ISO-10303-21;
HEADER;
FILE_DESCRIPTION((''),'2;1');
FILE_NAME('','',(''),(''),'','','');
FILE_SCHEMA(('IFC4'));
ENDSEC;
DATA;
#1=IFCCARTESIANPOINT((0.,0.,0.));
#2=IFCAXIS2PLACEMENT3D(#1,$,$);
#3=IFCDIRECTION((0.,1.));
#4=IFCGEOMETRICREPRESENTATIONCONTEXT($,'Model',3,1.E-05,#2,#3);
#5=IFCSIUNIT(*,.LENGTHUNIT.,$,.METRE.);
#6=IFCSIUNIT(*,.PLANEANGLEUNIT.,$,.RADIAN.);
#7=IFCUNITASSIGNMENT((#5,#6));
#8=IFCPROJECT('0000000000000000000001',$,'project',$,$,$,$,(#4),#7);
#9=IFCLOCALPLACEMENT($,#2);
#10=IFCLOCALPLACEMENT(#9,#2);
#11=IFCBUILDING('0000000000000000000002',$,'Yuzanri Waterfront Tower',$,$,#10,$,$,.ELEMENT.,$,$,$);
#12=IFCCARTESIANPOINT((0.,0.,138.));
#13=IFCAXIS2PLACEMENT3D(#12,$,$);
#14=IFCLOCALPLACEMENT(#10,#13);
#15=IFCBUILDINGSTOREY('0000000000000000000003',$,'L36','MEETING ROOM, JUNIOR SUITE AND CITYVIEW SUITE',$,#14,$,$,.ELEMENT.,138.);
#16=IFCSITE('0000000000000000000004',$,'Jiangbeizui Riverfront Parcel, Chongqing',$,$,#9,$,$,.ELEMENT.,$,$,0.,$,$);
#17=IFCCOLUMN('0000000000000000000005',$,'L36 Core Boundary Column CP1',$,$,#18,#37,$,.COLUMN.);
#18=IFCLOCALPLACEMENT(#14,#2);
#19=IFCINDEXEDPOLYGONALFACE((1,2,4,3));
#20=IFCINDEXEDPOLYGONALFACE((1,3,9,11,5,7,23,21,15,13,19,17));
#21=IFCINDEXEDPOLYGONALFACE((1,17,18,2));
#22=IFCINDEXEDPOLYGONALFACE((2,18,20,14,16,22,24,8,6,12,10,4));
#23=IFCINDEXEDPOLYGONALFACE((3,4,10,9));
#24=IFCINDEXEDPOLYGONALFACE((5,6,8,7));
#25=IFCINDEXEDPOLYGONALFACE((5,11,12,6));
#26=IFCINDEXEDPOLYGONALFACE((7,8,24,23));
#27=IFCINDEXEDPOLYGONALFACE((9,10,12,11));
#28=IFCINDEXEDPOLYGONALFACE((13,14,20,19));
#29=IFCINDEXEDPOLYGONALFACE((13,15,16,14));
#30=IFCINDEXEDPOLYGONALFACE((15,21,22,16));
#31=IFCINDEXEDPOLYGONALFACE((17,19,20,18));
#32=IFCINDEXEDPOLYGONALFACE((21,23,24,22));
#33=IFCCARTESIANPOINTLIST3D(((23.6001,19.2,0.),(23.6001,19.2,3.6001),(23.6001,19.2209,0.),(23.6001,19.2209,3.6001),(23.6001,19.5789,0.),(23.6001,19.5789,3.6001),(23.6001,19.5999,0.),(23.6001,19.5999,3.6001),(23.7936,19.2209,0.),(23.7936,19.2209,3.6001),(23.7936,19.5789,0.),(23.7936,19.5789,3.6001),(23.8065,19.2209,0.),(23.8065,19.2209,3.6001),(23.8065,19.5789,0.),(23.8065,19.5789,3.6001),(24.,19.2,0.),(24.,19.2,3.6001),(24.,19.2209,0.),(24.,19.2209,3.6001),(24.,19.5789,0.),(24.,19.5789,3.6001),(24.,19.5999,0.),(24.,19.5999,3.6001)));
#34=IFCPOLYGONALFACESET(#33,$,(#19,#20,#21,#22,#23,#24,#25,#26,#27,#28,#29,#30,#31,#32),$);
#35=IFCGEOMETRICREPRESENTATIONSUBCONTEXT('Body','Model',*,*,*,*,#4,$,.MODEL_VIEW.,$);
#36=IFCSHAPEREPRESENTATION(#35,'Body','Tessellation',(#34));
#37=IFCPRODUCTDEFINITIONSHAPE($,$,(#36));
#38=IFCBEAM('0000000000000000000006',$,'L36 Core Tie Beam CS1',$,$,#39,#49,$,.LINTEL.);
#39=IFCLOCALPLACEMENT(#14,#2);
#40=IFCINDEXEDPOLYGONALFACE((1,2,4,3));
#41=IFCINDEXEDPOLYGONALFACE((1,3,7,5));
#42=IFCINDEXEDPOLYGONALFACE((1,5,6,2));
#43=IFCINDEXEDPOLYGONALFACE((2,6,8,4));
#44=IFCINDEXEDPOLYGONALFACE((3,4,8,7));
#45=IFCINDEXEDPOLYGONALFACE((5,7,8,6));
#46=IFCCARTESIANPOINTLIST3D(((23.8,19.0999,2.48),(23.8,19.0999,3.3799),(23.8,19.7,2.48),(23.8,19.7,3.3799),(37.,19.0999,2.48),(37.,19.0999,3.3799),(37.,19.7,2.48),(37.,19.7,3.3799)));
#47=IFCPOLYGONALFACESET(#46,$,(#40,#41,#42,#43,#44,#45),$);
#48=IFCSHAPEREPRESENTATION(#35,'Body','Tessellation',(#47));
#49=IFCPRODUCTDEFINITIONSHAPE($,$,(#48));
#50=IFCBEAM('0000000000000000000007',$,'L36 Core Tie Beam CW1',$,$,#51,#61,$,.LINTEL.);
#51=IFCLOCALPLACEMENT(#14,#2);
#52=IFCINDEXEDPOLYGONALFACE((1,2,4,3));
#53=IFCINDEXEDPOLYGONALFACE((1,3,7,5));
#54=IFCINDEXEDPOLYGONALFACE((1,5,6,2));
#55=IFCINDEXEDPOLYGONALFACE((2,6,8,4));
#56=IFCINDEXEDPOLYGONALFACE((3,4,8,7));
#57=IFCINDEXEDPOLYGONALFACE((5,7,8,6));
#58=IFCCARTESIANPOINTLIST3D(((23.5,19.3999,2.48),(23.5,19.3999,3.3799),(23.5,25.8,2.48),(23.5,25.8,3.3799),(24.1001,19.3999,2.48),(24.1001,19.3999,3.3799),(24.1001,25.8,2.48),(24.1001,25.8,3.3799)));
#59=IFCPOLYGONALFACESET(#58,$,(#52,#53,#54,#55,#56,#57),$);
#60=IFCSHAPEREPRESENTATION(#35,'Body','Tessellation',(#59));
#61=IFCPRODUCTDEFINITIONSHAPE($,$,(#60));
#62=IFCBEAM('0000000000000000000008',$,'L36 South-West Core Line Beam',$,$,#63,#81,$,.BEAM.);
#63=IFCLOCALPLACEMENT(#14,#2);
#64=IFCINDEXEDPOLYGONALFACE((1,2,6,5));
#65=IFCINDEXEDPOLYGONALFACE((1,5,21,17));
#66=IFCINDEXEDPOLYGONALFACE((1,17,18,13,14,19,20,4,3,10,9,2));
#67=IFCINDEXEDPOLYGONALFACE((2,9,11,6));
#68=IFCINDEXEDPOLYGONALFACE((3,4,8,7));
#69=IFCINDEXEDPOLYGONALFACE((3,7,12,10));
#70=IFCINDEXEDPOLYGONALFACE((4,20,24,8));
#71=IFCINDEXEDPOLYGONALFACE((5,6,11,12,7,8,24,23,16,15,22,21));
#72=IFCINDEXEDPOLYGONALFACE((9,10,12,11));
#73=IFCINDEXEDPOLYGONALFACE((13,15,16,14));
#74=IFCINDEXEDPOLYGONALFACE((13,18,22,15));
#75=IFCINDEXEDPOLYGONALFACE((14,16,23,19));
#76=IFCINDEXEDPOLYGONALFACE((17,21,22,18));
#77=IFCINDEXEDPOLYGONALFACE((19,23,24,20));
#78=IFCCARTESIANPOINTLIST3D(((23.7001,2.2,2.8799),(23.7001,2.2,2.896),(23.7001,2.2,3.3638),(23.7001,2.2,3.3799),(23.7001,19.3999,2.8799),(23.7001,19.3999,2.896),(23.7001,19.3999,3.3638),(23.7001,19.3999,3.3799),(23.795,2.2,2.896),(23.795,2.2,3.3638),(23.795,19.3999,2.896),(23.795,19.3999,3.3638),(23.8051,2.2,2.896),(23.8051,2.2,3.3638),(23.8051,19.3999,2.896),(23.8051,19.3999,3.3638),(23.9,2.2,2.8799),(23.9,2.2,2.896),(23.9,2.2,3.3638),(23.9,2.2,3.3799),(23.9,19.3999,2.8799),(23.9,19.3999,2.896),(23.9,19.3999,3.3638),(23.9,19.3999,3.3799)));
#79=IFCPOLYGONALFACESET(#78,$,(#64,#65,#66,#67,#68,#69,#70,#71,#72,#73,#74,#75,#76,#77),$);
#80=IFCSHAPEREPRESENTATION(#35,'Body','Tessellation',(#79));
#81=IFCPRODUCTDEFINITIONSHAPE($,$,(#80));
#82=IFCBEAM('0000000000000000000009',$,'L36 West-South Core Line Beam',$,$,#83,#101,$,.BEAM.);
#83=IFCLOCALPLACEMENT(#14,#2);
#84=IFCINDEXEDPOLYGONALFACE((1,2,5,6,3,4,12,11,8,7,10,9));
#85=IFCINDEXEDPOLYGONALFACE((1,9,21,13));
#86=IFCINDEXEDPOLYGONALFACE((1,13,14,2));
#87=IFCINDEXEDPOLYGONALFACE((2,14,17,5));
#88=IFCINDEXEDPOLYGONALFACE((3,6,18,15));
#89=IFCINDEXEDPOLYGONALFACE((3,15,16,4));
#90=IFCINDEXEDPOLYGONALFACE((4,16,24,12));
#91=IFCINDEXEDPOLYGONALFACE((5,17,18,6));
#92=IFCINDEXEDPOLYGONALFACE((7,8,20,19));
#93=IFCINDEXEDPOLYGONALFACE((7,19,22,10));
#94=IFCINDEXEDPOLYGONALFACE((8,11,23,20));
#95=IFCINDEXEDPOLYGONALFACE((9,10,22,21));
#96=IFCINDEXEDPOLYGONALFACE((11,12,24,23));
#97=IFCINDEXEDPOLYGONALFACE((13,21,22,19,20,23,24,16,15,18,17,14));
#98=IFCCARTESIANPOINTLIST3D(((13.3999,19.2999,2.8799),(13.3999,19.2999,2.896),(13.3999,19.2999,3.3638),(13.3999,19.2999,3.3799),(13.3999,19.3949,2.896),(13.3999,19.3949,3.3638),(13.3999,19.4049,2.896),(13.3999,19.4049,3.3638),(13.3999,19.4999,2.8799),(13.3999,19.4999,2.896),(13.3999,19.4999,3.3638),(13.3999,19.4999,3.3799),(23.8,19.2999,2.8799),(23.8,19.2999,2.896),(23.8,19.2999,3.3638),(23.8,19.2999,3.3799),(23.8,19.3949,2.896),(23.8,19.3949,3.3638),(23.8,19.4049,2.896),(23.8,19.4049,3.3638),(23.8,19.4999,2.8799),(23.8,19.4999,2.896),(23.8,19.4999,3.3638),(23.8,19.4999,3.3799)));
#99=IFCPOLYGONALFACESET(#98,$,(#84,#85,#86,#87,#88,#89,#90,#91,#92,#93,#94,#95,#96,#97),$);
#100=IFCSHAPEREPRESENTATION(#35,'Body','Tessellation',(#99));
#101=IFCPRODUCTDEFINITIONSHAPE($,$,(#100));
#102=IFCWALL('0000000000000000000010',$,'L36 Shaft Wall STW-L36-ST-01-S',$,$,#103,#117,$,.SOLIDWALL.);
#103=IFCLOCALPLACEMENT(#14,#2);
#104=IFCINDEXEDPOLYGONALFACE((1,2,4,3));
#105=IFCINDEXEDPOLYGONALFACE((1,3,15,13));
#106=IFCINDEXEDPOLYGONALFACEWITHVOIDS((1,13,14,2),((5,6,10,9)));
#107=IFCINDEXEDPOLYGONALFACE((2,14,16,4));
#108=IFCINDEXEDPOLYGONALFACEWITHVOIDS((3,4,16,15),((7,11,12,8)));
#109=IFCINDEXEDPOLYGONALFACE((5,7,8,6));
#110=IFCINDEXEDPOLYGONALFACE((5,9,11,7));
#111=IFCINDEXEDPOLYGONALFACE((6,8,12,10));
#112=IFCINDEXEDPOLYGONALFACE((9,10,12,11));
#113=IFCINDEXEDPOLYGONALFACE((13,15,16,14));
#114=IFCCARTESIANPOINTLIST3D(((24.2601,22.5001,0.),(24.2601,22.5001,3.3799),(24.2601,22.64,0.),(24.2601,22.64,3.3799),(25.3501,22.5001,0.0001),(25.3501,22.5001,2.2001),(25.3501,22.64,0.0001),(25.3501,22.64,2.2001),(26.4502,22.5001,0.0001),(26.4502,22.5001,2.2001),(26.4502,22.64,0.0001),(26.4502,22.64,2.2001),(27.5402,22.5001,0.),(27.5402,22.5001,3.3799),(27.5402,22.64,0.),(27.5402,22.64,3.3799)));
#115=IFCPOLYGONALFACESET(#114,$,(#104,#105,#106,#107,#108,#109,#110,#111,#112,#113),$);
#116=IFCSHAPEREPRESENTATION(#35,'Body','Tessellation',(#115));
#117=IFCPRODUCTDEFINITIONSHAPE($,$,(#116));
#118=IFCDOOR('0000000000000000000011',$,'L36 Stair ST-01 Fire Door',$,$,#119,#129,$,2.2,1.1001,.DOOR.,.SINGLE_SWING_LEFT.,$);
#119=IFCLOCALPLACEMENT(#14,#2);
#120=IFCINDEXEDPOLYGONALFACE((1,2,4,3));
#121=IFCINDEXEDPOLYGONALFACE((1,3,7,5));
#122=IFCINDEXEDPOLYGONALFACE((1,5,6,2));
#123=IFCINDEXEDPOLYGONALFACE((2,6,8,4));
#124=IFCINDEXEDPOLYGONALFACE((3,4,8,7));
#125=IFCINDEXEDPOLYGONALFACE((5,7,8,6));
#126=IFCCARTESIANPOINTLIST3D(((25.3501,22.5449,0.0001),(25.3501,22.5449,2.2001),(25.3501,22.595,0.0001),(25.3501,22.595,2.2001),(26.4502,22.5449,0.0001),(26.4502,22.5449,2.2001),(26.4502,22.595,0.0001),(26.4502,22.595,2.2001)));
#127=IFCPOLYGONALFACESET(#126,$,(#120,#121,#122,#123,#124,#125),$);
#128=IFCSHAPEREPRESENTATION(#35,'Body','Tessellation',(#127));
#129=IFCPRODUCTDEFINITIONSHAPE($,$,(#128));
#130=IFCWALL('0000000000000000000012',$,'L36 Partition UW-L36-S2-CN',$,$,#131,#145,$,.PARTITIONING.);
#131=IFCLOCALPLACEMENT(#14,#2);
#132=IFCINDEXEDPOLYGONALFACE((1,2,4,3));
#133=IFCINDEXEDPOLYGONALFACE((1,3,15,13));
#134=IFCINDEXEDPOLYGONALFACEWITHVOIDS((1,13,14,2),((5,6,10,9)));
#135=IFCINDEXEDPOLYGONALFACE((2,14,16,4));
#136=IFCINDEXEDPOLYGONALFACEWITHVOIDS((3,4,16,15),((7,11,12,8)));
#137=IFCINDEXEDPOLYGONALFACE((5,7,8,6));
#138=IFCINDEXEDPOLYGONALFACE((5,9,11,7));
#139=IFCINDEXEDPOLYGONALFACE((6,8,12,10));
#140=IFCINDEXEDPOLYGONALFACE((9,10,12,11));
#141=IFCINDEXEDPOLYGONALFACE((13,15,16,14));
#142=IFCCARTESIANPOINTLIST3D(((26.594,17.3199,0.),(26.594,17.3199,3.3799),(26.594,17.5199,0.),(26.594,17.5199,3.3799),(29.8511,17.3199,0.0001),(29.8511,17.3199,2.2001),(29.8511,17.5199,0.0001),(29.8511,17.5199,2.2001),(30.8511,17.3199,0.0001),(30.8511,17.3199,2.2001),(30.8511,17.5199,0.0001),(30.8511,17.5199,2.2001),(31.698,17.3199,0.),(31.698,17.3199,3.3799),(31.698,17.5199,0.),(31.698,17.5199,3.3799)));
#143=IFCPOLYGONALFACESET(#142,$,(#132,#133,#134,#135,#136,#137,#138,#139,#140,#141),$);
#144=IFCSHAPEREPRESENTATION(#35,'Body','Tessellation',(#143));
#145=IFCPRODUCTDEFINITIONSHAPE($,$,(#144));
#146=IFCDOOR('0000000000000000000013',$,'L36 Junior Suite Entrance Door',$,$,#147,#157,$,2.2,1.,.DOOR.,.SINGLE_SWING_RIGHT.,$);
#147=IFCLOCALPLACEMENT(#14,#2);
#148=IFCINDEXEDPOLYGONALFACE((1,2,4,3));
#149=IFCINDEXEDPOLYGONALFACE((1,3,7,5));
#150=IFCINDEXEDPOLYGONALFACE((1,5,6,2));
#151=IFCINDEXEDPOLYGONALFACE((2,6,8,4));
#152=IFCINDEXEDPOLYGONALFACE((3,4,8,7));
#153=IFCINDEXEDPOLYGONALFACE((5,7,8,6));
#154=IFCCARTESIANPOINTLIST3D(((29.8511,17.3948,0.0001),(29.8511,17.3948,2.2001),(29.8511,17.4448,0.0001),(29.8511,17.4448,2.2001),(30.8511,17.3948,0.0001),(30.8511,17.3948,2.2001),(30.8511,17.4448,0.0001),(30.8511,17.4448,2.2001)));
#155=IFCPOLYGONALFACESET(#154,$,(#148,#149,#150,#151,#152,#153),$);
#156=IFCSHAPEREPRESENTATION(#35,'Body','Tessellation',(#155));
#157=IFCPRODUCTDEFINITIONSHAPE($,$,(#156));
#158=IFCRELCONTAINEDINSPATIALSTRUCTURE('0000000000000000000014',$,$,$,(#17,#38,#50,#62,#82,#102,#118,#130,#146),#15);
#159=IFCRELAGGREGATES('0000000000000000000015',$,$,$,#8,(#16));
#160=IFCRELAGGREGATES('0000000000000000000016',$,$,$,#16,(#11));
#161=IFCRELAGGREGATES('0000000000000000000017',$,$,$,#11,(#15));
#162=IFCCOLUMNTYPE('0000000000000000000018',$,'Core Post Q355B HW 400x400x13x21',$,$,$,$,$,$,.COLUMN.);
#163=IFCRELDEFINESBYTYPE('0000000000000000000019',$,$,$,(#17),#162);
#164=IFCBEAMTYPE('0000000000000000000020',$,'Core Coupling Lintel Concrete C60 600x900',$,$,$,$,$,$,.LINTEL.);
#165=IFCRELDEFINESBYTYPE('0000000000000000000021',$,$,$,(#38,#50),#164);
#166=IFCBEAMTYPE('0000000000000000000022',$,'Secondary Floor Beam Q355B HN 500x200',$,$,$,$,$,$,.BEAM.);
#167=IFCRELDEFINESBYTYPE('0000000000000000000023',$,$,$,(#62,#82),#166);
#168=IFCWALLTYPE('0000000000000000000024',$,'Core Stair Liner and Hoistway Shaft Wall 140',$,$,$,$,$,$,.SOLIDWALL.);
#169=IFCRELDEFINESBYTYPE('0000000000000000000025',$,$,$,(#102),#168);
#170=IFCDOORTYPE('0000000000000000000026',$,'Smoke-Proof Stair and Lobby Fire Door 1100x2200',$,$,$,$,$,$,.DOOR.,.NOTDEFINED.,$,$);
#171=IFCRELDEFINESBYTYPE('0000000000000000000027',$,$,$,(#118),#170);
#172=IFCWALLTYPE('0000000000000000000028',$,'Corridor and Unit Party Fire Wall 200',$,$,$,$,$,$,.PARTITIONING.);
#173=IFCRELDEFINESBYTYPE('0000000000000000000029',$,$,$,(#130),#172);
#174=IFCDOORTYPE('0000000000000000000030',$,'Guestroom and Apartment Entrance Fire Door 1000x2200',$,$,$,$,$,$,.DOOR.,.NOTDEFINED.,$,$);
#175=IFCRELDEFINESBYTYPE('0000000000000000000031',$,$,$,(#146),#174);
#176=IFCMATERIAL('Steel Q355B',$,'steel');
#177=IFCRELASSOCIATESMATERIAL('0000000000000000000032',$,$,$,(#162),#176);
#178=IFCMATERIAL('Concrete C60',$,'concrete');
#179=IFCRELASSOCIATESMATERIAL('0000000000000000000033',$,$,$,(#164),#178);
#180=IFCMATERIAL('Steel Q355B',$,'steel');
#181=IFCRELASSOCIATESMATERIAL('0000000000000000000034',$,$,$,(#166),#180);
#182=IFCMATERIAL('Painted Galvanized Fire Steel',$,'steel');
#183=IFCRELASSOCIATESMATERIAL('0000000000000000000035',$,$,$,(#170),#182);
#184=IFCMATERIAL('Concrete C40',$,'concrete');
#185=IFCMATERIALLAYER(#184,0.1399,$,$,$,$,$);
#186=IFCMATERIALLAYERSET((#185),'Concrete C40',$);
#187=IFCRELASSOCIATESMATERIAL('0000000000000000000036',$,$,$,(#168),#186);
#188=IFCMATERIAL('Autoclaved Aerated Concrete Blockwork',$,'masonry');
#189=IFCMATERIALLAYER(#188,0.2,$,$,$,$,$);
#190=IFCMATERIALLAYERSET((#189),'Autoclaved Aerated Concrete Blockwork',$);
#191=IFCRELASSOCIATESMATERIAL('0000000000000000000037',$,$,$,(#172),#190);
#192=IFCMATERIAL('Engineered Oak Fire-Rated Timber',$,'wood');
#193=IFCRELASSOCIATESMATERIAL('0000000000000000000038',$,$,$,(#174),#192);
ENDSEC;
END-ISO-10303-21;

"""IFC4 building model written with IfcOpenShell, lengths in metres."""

from ifc_helpers import new_model, si_unit, direction, frame, frame_2d, origin, origin_2d, place, context, subcontext, project, spatial, rectangle, i_section, extrude, source, transform, mapped, material, layer, layer_set, material_profile, profile_set, type_object, element, fill, save


model = new_model("IFC4")

# Units and contexts
model_context = context("Model", 3, precision=1e-05, world=origin(), true_north=direction((0.0, 1.0)))
body_context = subcontext(model_context, "Body", "Model", "MODEL_VIEW")
ifc_project = project(units=[si_unit("LENGTHUNIT", "METRE"), si_unit("PLANEANGLEUNIT", "RADIAN")], contexts=[model_context])

# Site, building, storey
site_placement = place(None, origin())
site = spatial("IfcSite", under=ifc_project, at=site_placement, Name="Jiangbeizui Riverfront Parcel, Chongqing", CompositionType="ELEMENT", RefElevation=0.0)
building_placement = place(site_placement, origin())
building = spatial("IfcBuilding", under=site, at=building_placement, Name="Yuzanri Waterfront Tower", CompositionType="ELEMENT")
storey_placement = place(building_placement, frame((0.0, 0.0, 138.0)))
storey = spatial("IfcBuildingStorey", under=building, at=storey_placement, Name="L36", Description="MEETING ROOM, JUNIOR SUITE AND CITYVIEW SUITE", CompositionType="ELEMENT", Elevation=138.0)

# Column
ifc_material_1 = material(Name="Steel Q355B", Category="steel")
ifc_material_profile_1 = material_profile(ifc_material_1, i_section(OverallWidth=0.3999, OverallDepth=0.3999, WebThickness=0.0129, FlangeThickness=0.021, at=origin_2d()), Name="HW 400x400x13x21")
ifc_profile_set_1 = profile_set([ifc_material_profile_1], Name="Steel Q355B")
column_type = type_object("IfcColumnType", Name="Core Post Q355B HW 400x400x13x21", PredefinedType="COLUMN", material=ifc_profile_set_1)
shared_shape_1 = source(origin(), body_context, "Body", "SweptSolid", [
    extrude(i_section(OverallWidth=0.3999, OverallDepth=0.3999, WebThickness=0.0129, FlangeThickness=0.021, at=origin_2d()), origin(), (0.0, 0.0, 1.0), 3.6001),
])
column_placement = place(storey_placement, frame((23.8, 19.3999, 0.0), z_axis=(0.0, 0.0, 1.0), x_axis=(1.0, 0.0, 0.0)))
element("IfcColumn", 1, at=column_placement, inside=storey, type_object=column_type, Name="L36 Core Boundary Column CP1", PredefinedType="COLUMN", context=body_context, shape_type="MappedRepresentation", body=[
    mapped(shared_shape_1, transform((0.0, 0.0, 0.0), scale=1.0)),
])

# Beams
ifc_material_2 = material(Name="Concrete C60", Category="concrete")
ifc_material_profile_2 = material_profile(ifc_material_2, rectangle(XDim=0.6001, YDim=0.8999, at=origin_2d()), Name="RC 600x900")
ifc_profile_set_2 = profile_set([ifc_material_profile_2], Name="Concrete C60")
beam_type_1 = type_object("IfcBeamType", Name="Core Coupling Lintel Concrete C60 600x900", PredefinedType="LINTEL", material=ifc_profile_set_2)
shared_shape_2 = source(origin(), body_context, "Body", "SweptSolid", [
    extrude(rectangle(XDim=0.6001, YDim=0.8999, at=origin_2d()), origin(), (0.0, 0.0, 1.0), 13.2),
])
beam_1_placement = place(storey_placement, frame((23.8, 19.3999, 2.9299), z_axis=(1.0, 0.0, 0.0), x_axis=(0.0, 1.0, 0.0)))
element("IfcBeam", 2, at=beam_1_placement, inside=storey, type_object=beam_type_1, Name="L36 Core Tie Beam CS1", PredefinedType="LINTEL", context=body_context, shape_type="MappedRepresentation", body=[
    mapped(shared_shape_2, transform((0.0, 0.0, 0.0), scale=1.0)),
])
shared_shape_3 = source(origin(), body_context, "Body", "SweptSolid", [
    extrude(rectangle(XDim=0.6001, YDim=0.8999, at=origin_2d()), origin(), (0.0, 0.0, 1.0), 6.4001),
])
beam_2_placement = place(storey_placement, frame((23.8, 19.3999, 2.9299), z_axis=(0.0, 1.0, 0.0), x_axis=(-1.0, 0.0, 0.0)))
element("IfcBeam", 3, at=beam_2_placement, inside=storey, type_object=beam_type_1, Name="L36 Core Tie Beam CW1", PredefinedType="LINTEL", context=body_context, shape_type="MappedRepresentation", body=[
    mapped(shared_shape_3, transform((0.0, 0.0, 0.0), scale=1.0)),
])
ifc_material_3 = material(Name="Steel Q355B", Category="steel")
ifc_material_profile_3 = material_profile(ifc_material_3, i_section(OverallWidth=0.2, OverallDepth=0.5, WebThickness=0.01, FlangeThickness=0.0161, at=origin_2d()), Name="HN 500x200x10x16")
ifc_profile_set_3 = profile_set([ifc_material_profile_3], Name="Steel Q355B")
beam_type_2 = type_object("IfcBeamType", Name="Secondary Floor Beam Q355B HN 500x200", PredefinedType="BEAM", material=ifc_profile_set_3)
shared_shape_4 = source(origin(), body_context, "Body", "SweptSolid", [
    extrude(i_section(OverallWidth=0.2, OverallDepth=0.5, WebThickness=0.01, FlangeThickness=0.0161, at=origin_2d()), origin(), (0.0, 0.0, 1.0), 17.2),
])
beam_3_placement = place(storey_placement, frame((23.8, 19.3999, 3.1299), z_axis=(0.0, -1.0, 0.0), x_axis=(1.0, 0.0, 0.0)))
element("IfcBeam", 4, at=beam_3_placement, inside=storey, type_object=beam_type_2, Name="L36 South-West Core Line Beam", PredefinedType="BEAM", context=body_context, shape_type="MappedRepresentation", body=[
    mapped(shared_shape_4, transform((0.0, 0.0, 0.0), scale=1.0)),
])
shared_shape_5 = source(origin(), body_context, "Body", "SweptSolid", [
    extrude(i_section(OverallWidth=0.2, OverallDepth=0.5, WebThickness=0.01, FlangeThickness=0.0161, at=origin_2d()), origin(), (0.0, 0.0, 1.0), 10.4001),
])
beam_4_placement = place(storey_placement, frame((23.8, 19.3999, 3.1299), z_axis=(-1.0, 0.0, 0.0), x_axis=(0.0, -1.0, 0.0)))
element("IfcBeam", 5, at=beam_4_placement, inside=storey, type_object=beam_type_2, Name="L36 West-South Core Line Beam", PredefinedType="BEAM", context=body_context, shape_type="MappedRepresentation", body=[
    mapped(shared_shape_5, transform((0.0, 0.0, 0.0), scale=1.0)),
])

# Shared definitions
ifc_material_4 = material(Name="Painted Galvanized Fire Steel", Category="steel")
door_type_1 = type_object("IfcDoorType", Name="Smoke-Proof Stair and Lobby Fire Door 1100x2200", OperationType="NOTDEFINED", PredefinedType="DOOR", material=ifc_material_4)
shared_shape_6 = source(origin(), body_context, "Body", "SweptSolid", [
    extrude(rectangle(XDim=1.1001, YDim=2.2, at=frame_2d((0.55, 1.1001))), frame((0.0, 0.0249, 0.0), z_axis=(0.0, -1.0, 0.0), x_axis=(1.0, 0.0, 0.0)), (0.0, 0.0, 1.0), 0.05),
])

# Walls, openings, doors
ifc_material_5 = material(Name="Concrete C40", Category="concrete")
ifc_layer_1 = layer(ifc_material_5, 0.1399)
ifc_layer_set_1 = layer_set([ifc_layer_1], Name="Concrete C40")
wall_type_1 = type_object("IfcWallType", Name="Core Stair Liner and Hoistway Shaft Wall 140", PredefinedType="SOLIDWALL", material=ifc_layer_set_1)
wall_1_placement = place(storey_placement, frame((24.26, 22.5701, 0.0), z_axis=(0.0, 0.0, 1.0), x_axis=(1.0, 0.0, 0.0)))
wall_1 = element("IfcWall", 6, at=wall_1_placement, inside=storey, type_object=wall_type_1, Name="L36 Shaft Wall STW-L36-ST-01-S", PredefinedType="SOLIDWALL", context=body_context, shape_type="SweptSolid", body=[
    extrude(rectangle(XDim=3.28, YDim=0.1399, at=frame_2d((1.6401, 0.0))), origin(), (0.0, 0.0, 1.0), 3.3799),
])
opening_1_placement = place(wall_1_placement, frame((1.0901, 0.0, 0.0)))
opening_1 = element("IfcOpeningElement", 7, at=opening_1_placement, cuts=wall_1, PredefinedType="OPENING", context=body_context, shape_type="SweptSolid", body=[
    extrude(rectangle(XDim=1.1001, YDim=2.2, at=frame_2d((0.55, 1.1001))), frame((0.0, 0.085, 0.0), z_axis=(0.0, -1.0, 0.0), x_axis=(1.0, 0.0, 0.0)), (0.0, 0.0, 1.0), 0.1697),
])
door_1_placement = place(opening_1_placement, origin())
door_1 = element("IfcDoor", 8, at=door_1_placement, inside=storey, type_object=door_type_1, Name="L36 Stair ST-01 Fire Door", OperationType="SINGLE_SWING_LEFT", OverallHeight=2.2, OverallWidth=1.1001, PredefinedType="DOOR", context=body_context, shape_type="MappedRepresentation", body=[
    mapped(shared_shape_6, transform((0.0, 0.0, 0.0), scale=1.0)),
])
fill(opening_1, door_1)
ifc_material_6 = material(Name="Autoclaved Aerated Concrete Blockwork", Category="masonry")
ifc_layer_2 = layer(ifc_material_6, 0.2)
ifc_layer_set_2 = layer_set([ifc_layer_2], Name="Autoclaved Aerated Concrete Blockwork")
wall_type_2 = type_object("IfcWallType", Name="Corridor and Unit Party Fire Wall 200", PredefinedType="PARTITIONING", material=ifc_layer_set_2)
wall_2_placement = place(storey_placement, frame((26.594, 17.4199, 0.0), z_axis=(0.0, 0.0, 1.0), x_axis=(1.0, 0.0, 0.0)))
wall_2 = element("IfcWall", 9, at=wall_2_placement, inside=storey, type_object=wall_type_2, Name="L36 Partition UW-L36-S2-CN", PredefinedType="PARTITIONING", context=body_context, shape_type="SweptSolid", body=[
    extrude(rectangle(XDim=5.104, YDim=0.2, at=frame_2d((2.552, 0.0))), origin(), (0.0, 0.0, 1.0), 3.3799),
])
opening_2_placement = place(wall_2_placement, frame((3.2571, 0.0, 0.0)))
opening_2 = element("IfcOpeningElement", 10, at=opening_2_placement, cuts=wall_2, PredefinedType="OPENING", context=body_context, shape_type="SweptSolid", body=[
    extrude(rectangle(XDim=1.0, YDim=2.2, at=frame_2d((0.5, 1.1001))), frame((0.0, 0.1147, 0.0), z_axis=(0.0, -1.0, 0.0), x_axis=(1.0, 0.0, 0.0)), (0.0, 0.0, 1.0), 0.2297),
])
ifc_material_7 = material(Name="Engineered Oak Fire-Rated Timber", Category="wood")
door_type_2 = type_object("IfcDoorType", Name="Guestroom and Apartment Entrance Fire Door 1000x2200", OperationType="NOTDEFINED", PredefinedType="DOOR", material=ifc_material_7)
shared_shape_7 = source(origin(), body_context, "Body", "SweptSolid", [
    extrude(rectangle(XDim=1.0, YDim=2.2, at=frame_2d((0.5, 1.1001))), frame((0.0, 0.0249, 0.0), z_axis=(0.0, -1.0, 0.0), x_axis=(1.0, 0.0, 0.0)), (0.0, 0.0, 1.0), 0.05),
])
door_2_placement = place(opening_2_placement, origin())
door_2 = element("IfcDoor", 11, at=door_2_placement, inside=storey, type_object=door_type_2, Name="L36 Junior Suite Entrance Door", OperationType="SINGLE_SWING_RIGHT", OverallHeight=2.2, OverallWidth=1.0, PredefinedType="DOOR", context=body_context, shape_type="MappedRepresentation", body=[
    mapped(shared_shape_7, transform((0.0, 0.0, 0.0), scale=1.0)),
])
fill(opening_2, door_2)

save(model, "model.ifc")
